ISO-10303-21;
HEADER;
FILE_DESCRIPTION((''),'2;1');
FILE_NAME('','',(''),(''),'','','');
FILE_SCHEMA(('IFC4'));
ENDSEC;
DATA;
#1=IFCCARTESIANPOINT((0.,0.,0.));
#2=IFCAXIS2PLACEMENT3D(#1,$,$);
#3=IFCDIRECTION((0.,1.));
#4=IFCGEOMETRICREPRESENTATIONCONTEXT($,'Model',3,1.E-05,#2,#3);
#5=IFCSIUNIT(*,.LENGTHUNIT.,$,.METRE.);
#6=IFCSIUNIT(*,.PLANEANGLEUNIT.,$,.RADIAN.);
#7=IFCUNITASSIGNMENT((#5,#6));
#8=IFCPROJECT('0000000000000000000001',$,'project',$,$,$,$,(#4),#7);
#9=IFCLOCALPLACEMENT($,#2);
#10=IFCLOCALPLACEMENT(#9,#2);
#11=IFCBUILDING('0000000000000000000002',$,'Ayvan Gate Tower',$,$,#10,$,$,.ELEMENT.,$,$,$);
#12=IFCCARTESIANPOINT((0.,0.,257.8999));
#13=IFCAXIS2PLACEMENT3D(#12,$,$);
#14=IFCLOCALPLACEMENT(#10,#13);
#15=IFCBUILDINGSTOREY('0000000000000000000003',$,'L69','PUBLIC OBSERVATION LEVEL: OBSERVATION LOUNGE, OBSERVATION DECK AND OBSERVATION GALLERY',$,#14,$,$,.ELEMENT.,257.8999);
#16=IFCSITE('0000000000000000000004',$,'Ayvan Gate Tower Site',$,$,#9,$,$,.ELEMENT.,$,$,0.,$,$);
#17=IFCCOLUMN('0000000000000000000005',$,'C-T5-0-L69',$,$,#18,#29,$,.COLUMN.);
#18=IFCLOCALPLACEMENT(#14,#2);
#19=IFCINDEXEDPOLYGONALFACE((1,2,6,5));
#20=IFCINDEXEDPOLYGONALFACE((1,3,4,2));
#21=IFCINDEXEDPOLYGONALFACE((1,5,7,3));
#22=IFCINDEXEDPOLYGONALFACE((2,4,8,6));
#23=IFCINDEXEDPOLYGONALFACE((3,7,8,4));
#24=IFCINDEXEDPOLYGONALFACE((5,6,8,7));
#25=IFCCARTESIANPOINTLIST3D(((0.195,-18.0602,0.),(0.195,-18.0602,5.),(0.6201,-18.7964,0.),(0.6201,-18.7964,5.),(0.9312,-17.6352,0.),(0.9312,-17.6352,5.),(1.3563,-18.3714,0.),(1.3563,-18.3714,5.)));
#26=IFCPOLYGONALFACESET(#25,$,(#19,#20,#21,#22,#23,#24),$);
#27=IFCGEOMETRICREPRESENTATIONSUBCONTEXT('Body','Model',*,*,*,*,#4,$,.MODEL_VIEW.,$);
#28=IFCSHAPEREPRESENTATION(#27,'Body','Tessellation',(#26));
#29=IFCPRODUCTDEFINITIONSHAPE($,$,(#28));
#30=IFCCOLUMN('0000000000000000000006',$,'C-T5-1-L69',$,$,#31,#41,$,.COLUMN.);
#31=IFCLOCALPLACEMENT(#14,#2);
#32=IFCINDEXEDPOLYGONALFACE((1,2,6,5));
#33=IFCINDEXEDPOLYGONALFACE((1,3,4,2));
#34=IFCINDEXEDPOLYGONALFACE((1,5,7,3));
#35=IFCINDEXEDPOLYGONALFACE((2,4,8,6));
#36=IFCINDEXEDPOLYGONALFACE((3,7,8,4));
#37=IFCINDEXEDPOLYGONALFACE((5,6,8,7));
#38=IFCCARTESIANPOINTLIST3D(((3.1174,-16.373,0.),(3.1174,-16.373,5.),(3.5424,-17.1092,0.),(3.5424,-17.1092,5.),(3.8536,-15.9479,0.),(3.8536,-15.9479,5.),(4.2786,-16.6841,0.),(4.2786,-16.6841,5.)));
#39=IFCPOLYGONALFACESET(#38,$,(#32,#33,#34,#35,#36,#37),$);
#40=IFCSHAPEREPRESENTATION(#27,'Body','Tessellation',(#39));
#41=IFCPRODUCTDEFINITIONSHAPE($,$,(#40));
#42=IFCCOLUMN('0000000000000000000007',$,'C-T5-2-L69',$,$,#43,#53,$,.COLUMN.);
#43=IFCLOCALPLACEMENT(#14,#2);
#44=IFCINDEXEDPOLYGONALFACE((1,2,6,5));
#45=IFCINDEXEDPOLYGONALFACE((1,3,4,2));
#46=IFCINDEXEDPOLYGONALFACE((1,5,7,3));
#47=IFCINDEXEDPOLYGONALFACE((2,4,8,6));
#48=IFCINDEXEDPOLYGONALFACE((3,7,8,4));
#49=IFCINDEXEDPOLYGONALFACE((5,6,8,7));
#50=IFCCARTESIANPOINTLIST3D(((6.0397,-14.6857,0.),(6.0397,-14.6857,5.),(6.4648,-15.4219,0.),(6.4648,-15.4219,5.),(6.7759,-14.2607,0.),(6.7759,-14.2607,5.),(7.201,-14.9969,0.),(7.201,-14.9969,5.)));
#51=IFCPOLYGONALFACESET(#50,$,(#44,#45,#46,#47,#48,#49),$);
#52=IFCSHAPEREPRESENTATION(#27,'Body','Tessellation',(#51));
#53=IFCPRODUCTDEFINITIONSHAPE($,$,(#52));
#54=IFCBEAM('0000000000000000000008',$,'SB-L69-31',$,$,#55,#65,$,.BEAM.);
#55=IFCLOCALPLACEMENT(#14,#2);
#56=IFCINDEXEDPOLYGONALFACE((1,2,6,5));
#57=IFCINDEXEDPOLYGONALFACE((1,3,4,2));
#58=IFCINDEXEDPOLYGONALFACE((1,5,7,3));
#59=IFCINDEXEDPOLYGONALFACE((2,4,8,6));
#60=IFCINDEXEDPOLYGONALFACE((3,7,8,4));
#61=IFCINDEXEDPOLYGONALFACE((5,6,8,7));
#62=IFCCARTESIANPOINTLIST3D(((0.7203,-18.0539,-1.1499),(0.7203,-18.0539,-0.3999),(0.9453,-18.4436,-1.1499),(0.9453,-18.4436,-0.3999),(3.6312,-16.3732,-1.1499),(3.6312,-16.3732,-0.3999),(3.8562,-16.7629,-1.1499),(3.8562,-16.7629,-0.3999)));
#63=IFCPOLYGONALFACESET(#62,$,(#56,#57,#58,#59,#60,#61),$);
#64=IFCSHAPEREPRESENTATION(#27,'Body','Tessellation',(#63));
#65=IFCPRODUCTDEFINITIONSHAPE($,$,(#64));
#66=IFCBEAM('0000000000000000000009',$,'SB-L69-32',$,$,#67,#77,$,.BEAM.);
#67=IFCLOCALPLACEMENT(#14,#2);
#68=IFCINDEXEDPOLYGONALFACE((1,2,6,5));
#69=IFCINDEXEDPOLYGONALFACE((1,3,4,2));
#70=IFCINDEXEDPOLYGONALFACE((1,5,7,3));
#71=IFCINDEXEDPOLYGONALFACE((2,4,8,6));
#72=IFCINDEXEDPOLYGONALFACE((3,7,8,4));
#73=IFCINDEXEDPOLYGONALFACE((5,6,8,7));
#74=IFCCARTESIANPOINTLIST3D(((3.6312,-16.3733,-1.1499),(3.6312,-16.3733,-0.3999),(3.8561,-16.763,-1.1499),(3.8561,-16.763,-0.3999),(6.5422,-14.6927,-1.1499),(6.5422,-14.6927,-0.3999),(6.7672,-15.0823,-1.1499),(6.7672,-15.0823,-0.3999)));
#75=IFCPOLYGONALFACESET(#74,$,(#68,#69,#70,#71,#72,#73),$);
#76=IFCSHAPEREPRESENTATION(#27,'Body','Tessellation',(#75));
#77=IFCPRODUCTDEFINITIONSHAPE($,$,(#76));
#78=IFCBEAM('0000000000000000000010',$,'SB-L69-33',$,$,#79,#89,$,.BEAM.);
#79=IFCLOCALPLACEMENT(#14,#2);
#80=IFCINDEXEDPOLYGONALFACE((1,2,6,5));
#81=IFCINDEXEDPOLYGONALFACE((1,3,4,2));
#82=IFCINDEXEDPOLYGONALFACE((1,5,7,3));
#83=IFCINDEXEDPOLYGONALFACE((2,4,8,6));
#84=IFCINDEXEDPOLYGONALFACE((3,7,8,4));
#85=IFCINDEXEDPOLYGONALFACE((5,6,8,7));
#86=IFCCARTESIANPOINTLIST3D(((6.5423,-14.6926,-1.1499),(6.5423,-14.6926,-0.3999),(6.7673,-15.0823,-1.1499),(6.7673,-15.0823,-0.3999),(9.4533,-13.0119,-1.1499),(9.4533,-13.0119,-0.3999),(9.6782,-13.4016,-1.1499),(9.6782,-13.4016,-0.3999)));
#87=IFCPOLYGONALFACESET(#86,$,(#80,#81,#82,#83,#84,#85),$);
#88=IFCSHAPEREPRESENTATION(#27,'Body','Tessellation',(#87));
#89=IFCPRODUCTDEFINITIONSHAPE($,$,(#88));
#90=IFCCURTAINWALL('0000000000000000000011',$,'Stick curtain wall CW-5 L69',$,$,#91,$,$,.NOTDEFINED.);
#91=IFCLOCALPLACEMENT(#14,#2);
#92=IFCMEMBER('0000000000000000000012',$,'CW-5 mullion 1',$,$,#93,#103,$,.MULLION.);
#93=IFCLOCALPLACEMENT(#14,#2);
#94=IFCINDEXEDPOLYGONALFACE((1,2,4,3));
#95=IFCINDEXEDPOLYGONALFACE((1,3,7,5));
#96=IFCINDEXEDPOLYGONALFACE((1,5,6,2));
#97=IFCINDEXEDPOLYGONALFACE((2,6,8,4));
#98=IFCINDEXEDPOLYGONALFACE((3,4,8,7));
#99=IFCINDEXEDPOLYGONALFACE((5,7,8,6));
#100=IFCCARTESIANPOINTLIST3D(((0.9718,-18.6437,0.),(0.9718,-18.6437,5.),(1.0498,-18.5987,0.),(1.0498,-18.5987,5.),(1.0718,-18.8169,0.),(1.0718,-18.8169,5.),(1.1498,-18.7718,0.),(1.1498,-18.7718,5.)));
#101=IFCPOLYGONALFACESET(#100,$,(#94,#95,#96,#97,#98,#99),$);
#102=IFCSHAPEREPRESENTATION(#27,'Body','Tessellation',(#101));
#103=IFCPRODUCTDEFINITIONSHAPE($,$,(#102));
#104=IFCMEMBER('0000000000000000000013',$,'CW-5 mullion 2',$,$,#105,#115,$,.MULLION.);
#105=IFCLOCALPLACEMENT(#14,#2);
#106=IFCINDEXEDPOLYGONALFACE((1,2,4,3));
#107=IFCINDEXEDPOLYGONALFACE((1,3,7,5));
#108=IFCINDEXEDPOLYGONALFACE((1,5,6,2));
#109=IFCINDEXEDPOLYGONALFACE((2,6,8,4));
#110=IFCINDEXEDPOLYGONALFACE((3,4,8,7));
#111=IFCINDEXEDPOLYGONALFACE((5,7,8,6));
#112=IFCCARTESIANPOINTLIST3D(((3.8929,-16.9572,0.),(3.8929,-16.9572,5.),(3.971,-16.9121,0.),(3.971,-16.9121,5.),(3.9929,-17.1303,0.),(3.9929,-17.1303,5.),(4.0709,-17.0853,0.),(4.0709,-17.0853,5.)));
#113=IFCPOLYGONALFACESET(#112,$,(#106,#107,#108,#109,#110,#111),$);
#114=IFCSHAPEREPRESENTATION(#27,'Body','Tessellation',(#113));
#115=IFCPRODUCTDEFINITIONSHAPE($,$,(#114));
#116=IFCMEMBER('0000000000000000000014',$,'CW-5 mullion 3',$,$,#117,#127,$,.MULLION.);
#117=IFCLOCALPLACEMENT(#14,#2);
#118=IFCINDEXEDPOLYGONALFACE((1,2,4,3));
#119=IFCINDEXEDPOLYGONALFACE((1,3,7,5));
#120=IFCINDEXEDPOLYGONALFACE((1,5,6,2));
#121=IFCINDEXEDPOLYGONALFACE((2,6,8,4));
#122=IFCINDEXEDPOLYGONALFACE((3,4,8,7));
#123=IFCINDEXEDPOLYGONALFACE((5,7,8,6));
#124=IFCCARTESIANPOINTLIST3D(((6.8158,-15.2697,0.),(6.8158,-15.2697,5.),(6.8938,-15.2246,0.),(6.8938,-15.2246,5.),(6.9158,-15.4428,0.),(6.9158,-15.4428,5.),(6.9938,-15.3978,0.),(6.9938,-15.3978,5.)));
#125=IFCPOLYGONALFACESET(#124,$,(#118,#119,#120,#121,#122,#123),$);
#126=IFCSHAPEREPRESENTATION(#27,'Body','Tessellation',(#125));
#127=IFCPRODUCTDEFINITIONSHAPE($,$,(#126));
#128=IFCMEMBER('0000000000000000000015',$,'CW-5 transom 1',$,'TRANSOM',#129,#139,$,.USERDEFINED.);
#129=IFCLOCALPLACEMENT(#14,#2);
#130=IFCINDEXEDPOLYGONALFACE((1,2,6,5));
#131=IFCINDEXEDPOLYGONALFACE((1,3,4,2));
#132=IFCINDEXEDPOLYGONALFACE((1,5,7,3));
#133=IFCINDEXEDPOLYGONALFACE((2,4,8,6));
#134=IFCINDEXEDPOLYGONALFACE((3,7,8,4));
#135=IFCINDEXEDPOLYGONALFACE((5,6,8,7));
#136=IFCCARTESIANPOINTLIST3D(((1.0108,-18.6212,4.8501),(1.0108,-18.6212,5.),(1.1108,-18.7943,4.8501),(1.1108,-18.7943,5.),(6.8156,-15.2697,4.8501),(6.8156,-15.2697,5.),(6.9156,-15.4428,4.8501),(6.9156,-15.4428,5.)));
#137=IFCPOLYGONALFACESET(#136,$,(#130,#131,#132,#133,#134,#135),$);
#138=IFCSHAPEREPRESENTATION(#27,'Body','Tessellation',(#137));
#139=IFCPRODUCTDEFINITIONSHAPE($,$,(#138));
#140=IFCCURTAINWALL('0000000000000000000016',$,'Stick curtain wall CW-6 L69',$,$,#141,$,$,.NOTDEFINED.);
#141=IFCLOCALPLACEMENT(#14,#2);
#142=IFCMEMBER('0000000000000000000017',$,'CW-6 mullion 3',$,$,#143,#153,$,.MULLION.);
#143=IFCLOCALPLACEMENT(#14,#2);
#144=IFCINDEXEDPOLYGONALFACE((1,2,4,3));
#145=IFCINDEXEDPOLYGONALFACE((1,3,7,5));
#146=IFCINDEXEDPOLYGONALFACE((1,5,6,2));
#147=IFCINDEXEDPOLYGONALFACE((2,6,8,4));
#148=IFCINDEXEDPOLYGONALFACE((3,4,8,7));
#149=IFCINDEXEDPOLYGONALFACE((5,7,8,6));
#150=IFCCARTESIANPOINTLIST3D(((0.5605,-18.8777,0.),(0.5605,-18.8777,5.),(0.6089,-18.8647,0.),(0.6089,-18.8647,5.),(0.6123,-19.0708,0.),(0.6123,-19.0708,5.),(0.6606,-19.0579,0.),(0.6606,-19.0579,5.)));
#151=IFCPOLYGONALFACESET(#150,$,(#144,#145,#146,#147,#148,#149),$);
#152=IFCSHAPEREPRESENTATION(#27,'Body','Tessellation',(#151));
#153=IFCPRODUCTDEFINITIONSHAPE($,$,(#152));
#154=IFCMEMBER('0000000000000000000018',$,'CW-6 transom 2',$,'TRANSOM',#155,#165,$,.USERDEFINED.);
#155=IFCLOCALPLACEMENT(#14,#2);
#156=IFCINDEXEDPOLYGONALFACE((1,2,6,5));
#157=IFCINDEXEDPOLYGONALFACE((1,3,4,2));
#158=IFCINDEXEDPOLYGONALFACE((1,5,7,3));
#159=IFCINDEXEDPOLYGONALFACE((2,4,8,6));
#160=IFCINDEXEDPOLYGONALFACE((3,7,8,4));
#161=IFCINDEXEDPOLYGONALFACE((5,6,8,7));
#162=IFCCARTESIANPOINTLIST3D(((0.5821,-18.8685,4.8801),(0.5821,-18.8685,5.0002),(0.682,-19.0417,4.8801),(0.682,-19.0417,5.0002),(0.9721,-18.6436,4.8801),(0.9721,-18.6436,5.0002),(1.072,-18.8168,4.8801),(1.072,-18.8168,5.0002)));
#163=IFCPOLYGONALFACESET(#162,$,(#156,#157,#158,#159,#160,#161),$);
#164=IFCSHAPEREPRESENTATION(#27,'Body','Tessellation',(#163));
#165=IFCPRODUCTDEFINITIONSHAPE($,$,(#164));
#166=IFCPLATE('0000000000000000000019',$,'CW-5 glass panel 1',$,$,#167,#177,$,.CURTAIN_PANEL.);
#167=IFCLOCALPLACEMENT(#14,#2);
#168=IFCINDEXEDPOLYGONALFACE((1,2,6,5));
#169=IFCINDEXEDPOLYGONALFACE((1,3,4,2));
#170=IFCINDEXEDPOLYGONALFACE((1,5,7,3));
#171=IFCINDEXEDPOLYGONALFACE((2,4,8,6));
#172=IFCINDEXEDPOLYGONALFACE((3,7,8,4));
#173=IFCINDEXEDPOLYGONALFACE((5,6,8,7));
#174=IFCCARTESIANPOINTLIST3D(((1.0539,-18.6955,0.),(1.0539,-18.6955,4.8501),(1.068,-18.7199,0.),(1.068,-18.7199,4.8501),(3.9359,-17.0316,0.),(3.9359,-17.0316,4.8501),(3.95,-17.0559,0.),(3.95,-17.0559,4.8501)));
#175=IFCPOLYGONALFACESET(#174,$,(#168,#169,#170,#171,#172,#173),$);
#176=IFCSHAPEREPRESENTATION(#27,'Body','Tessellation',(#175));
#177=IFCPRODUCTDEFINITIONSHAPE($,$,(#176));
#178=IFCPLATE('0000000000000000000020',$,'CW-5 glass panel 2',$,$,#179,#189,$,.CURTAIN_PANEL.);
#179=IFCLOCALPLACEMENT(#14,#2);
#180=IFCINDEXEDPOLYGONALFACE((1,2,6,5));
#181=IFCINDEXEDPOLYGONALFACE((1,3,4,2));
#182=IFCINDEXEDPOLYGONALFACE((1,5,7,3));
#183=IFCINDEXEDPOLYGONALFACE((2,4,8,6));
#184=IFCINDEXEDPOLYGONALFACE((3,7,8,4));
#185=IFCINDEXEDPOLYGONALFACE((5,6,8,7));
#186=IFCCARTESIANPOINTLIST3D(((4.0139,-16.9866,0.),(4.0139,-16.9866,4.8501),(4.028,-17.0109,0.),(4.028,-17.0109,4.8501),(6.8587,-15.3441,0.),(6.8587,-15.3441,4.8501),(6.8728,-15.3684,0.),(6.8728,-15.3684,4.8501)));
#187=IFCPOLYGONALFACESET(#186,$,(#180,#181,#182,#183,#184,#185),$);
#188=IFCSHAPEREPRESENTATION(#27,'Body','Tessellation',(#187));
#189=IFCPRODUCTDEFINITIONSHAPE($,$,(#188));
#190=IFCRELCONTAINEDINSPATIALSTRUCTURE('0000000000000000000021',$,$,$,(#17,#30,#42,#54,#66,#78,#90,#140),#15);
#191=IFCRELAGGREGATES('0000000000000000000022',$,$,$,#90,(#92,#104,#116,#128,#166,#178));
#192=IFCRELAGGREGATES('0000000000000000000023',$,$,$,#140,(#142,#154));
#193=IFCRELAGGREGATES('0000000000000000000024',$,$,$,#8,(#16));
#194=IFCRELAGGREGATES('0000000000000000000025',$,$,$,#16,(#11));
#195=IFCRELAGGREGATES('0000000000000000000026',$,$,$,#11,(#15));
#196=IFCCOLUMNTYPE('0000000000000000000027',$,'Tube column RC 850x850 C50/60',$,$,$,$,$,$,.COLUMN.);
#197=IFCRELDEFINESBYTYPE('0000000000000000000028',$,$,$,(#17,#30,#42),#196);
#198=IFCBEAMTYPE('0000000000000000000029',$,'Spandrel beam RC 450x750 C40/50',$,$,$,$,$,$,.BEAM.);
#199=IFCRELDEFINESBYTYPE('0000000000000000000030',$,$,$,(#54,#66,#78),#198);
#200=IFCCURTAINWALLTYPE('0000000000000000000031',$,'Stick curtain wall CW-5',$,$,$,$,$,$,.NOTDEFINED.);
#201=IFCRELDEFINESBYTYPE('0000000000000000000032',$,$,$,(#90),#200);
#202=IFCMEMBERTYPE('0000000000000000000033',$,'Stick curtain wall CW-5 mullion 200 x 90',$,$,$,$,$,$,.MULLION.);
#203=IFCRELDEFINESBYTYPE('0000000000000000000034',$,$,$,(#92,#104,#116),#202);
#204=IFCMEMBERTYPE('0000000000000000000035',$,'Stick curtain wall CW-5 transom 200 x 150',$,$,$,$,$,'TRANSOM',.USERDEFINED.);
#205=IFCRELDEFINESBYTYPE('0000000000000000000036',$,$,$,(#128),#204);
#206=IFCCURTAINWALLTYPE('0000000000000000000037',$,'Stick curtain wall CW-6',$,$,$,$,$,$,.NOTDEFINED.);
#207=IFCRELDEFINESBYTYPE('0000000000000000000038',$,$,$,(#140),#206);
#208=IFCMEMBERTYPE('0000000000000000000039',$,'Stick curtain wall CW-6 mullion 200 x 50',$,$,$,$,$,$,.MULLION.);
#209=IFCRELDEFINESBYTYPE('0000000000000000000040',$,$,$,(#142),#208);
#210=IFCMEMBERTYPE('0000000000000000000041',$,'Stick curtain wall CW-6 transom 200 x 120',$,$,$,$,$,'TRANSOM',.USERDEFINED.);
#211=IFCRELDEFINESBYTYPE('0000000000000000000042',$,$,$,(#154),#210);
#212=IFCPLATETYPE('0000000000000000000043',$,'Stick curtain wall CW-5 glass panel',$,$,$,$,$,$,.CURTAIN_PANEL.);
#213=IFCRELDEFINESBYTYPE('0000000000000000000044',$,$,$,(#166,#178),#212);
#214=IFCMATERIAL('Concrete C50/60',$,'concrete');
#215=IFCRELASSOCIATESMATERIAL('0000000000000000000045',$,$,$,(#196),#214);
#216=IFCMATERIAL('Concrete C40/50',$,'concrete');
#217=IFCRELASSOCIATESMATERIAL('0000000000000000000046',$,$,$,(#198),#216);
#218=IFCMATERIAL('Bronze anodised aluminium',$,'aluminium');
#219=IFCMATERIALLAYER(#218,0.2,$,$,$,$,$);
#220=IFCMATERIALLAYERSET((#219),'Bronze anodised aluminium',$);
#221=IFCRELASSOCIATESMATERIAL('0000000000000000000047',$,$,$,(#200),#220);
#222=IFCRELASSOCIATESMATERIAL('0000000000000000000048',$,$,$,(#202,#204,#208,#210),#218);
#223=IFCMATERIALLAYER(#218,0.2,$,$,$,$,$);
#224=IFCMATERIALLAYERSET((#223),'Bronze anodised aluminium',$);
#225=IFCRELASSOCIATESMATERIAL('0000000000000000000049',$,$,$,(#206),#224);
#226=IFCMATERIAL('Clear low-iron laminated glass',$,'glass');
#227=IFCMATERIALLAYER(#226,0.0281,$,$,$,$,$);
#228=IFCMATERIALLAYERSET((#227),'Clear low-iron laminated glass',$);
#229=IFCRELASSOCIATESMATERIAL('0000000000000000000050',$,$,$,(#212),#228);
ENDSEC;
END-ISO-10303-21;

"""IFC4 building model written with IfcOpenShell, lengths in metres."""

from ifc_helpers import new_model, si_unit, direction, frame, origin, origin_2d, place, context, subcontext, project, spatial, rectangle, extrude, material, layer, layer_set, material_profile, profile_set, type_object, element, aggregate, save


model = new_model("IFC4")

# Units and contexts
model_context = context("Model", 3, precision=1e-05, world=origin(), true_north=direction((0.0, 1.0)))
body_context = subcontext(model_context, "Body", "Model", "MODEL_VIEW")
ifc_project = project(units=[si_unit("LENGTHUNIT", "METRE"), si_unit("PLANEANGLEUNIT", "RADIAN")], contexts=[model_context])

# Site, building, storey
site_placement = place(None, origin())
site = spatial("IfcSite", under=ifc_project, at=site_placement, Name="Ayvan Gate Tower Site", CompositionType="ELEMENT", RefElevation=0.0)
building_placement = place(site_placement, origin())
building = spatial("IfcBuilding", under=site, at=building_placement, Name="Ayvan Gate Tower", CompositionType="ELEMENT")
storey_placement = place(building_placement, frame((0.0, 0.0, 257.8999)))
storey = spatial("IfcBuildingStorey", under=building, at=storey_placement, Name="L69", Description="PUBLIC OBSERVATION LEVEL: OBSERVATION LOUNGE, OBSERVATION DECK AND OBSERVATION GALLERY", CompositionType="ELEMENT", Elevation=257.8999)

# Columns
ifc_material_1 = material(Name="Concrete C50/60", Category="concrete")
ifc_material_profile_1 = material_profile(ifc_material_1, rectangle(XDim=0.8501, YDim=0.8501, at=origin_2d()), Name="RC 850x850")
ifc_profile_set_1 = profile_set([ifc_material_profile_1], Name="Concrete C50/60")
column_type = type_object("IfcColumnType", Name="Tube column RC 850x850 C50/60", PredefinedType="COLUMN", material=ifc_profile_set_1)
for number, where, z_axis, x_axis, name in (
    (1, (0.7756, -18.2158, 0.0), (0.0, 0.0, 1.0), (0.5, -0.866025, 0.0), "C-T5-0-L69"),
    (2, (3.698, -16.5286, 0.0), (0.0, 0.0, 1.0), (0.5, -0.866025, 0.0), "C-T5-1-L69"),
    (3, (6.6204, -14.8413, 0.0), (0.0, 0.0, 1.0), (0.5, -0.866025, 0.0), "C-T5-2-L69"),
):
    element("IfcColumn", number, at=place(storey_placement, frame(where, z_axis=z_axis, x_axis=x_axis)), inside=storey, type_object=column_type, Name=name, PredefinedType="COLUMN", context=body_context, shape_type="SweptSolid", body=[
        extrude(rectangle(XDim=0.8501, YDim=0.8501, at=origin_2d()), origin(), (0.0, 0.0, 1.0), 5.0),
    ])

# Beams
ifc_material_2 = material(Name="Concrete C40/50", Category="concrete")
ifc_material_profile_2 = material_profile(ifc_material_2, rectangle(XDim=0.45, YDim=0.75, at=origin_2d()), Name="RC 450x750")
ifc_profile_set_2 = profile_set([ifc_material_profile_2], Name="Concrete C40/50")
beam_type = type_object("IfcBeamType", Name="Spandrel beam RC 450x750 C40/50", PredefinedType="BEAM", material=ifc_profile_set_2)
for number, where, z_axis, x_axis, name in (
    (4, (0.8328, -18.2488, -0.7749), (0.866017, 0.500014, 0.0), (-0.500014, 0.866017, 0.0), "SB-L69-31"),
    (5, (3.7437, -16.5681, -0.7749), (0.866036, 0.499982, 0.0), (-0.499982, 0.866036, 0.0), "SB-L69-32"),
    (6, (6.6548, -14.8875, -0.7749), (0.866017, 0.500014, 0.0), (-0.500014, 0.866017, 0.0), "SB-L69-33"),
):
    element("IfcBeam", number, at=place(storey_placement, frame(where, z_axis=z_axis, x_axis=x_axis)), inside=storey, type_object=beam_type, Name=name, PredefinedType="BEAM", context=body_context, shape_type="SweptSolid", body=[
        extrude(rectangle(XDim=0.45, YDim=0.75, at=origin_2d()), origin(), (0.0, 0.0, 1.0), 3.3613),
    ])

# Curtain walls, members
ifc_material_3 = material(Name="Bronze anodised aluminium", Category="aluminium")
ifc_layer_1 = layer(ifc_material_3, 0.2)
ifc_layer_set_1 = layer_set([ifc_layer_1], Name="Bronze anodised aluminium")
curtain_wall_type_1 = type_object("IfcCurtainWallType", Name="Stick curtain wall CW-5", PredefinedType="NOTDEFINED", material=ifc_layer_set_1)
curtain_wall_1_placement = place(storey_placement, origin())
curtain_wall_1 = element("IfcCurtainWall", 7, at=curtain_wall_1_placement, inside=storey, type_object=curtain_wall_type_1, Name="Stick curtain wall CW-5 L69", PredefinedType="NOTDEFINED")
ifc_material_profile_3 = material_profile(ifc_material_3, rectangle(XDim=0.2, YDim=0.0901, at=origin_2d()), Name="Stick curtain wall CW-5 mullion 200 x 90")
ifc_profile_set_3 = profile_set([ifc_material_profile_3], Name="Bronze anodised aluminium")
member_type_1 = type_object("IfcMemberType", Name="Stick curtain wall CW-5 mullion 200 x 90", PredefinedType="MULLION", material=ifc_profile_set_3)
member_1_placement = place(storey_placement, frame((1.0608, -18.7078, 0.0), z_axis=(0.0, 0.0, 1.0), x_axis=(0.5, -0.866025, 0.0)))
member_1 = element("IfcMember", 8, at=member_1_placement, type_object=member_type_1, Name="CW-5 mullion 1", PredefinedType="MULLION", context=body_context, shape_type="SweptSolid", body=[
    extrude(rectangle(XDim=0.2, YDim=0.0901, at=origin_2d()), origin(), (0.0, 0.0, 1.0), 5.0),
])
member_2_placement = place(storey_placement, frame((3.9819, -17.0212, 0.0), z_axis=(0.0, 0.0, 1.0), x_axis=(0.5, -0.866025, 0.0)))
member_2 = element("IfcMember", 9, at=member_2_placement, type_object=member_type_1, Name="CW-5 mullion 2", PredefinedType="MULLION", context=body_context, shape_type="SweptSolid", body=[
    extrude(rectangle(XDim=0.2, YDim=0.0901, at=origin_2d()), origin(), (0.0, 0.0, 1.0), 5.0),
])
member_3_placement = place(storey_placement, frame((6.9048, -15.3337, 0.0), z_axis=(0.0, 0.0, 1.0), x_axis=(0.5, -0.866025, 0.0)))
member_3 = element("IfcMember", 10, at=member_3_placement, type_object=member_type_1, Name="CW-5 mullion 3", PredefinedType="MULLION", context=body_context, shape_type="SweptSolid", body=[
    extrude(rectangle(XDim=0.2, YDim=0.0901, at=origin_2d()), origin(), (0.0, 0.0, 1.0), 5.0),
])
ifc_material_profile_4 = material_profile(ifc_material_3, rectangle(XDim=0.2, YDim=0.1499, at=origin_2d()), Name="Stick curtain wall CW-5 transom 200 x 150")
ifc_profile_set_4 = profile_set([ifc_material_profile_4], Name="Bronze anodised aluminium")
member_type_2 = type_object("IfcMemberType", Name="Stick curtain wall CW-5 transom 200 x 150", ElementType="TRANSOM", PredefinedType="USERDEFINED", material=ifc_profile_set_4)
member_4_placement = place(storey_placement, frame((1.0608, -18.7078, 4.925), z_axis=(0.86602, 0.500009, 0.0), x_axis=(-0.500009, 0.86602, 0.0)))
member_4 = element("IfcMember", 11, at=member_4_placement, type_object=member_type_2, Name="CW-5 transom 1", ObjectType="TRANSOM", PredefinedType="USERDEFINED", context=body_context, shape_type="SweptSolid", body=[
    extrude(rectangle(XDim=0.2, YDim=0.1499, at=origin_2d()), origin(), (0.0, 0.0, 1.0), 6.7029),
])
ifc_layer_2 = layer(ifc_material_3, 0.2)
ifc_layer_set_2 = layer_set([ifc_layer_2], Name="Bronze anodised aluminium")
curtain_wall_type_2 = type_object("IfcCurtainWallType", Name="Stick curtain wall CW-6", PredefinedType="NOTDEFINED", material=ifc_layer_set_2)
curtain_wall_2_placement = place(storey_placement, origin())
curtain_wall_2 = element("IfcCurtainWall", 12, at=curtain_wall_2_placement, inside=storey, type_object=curtain_wall_type_2, Name="Stick curtain wall CW-6 L69", PredefinedType="NOTDEFINED")
ifc_material_profile_5 = material_profile(ifc_material_3, rectangle(XDim=0.2, YDim=0.05, at=origin_2d()), Name="Stick curtain wall CW-6 mullion 200 x 50")
ifc_profile_set_5 = profile_set([ifc_material_profile_5], Name="Bronze anodised aluminium")
member_type_3 = type_object("IfcMemberType", Name="Stick curtain wall CW-6 mullion 200 x 50", PredefinedType="MULLION", material=ifc_profile_set_5)
member_5_placement = place(storey_placement, frame((0.6106, -18.9678, 0.0), z_axis=(0.0, 0.0, 1.0), x_axis=(0.258819, -0.965926, 0.0)))
member_5 = element("IfcMember", 13, at=member_5_placement, type_object=member_type_3, Name="CW-6 mullion 3", PredefinedType="MULLION", context=body_context, shape_type="SweptSolid", body=[
    extrude(rectangle(XDim=0.2, YDim=0.05, at=origin_2d()), origin(), (0.0, 0.0, 1.0), 5.0),
])
ifc_material_profile_6 = material_profile(ifc_material_3, rectangle(XDim=0.2, YDim=0.1201, at=origin_2d()), Name="Stick curtain wall CW-6 transom 200 x 120")
ifc_profile_set_6 = profile_set([ifc_material_profile_6], Name="Bronze anodised aluminium")
member_type_4 = type_object("IfcMemberType", Name="Stick curtain wall CW-6 transom 200 x 120", ElementType="TRANSOM", PredefinedType="USERDEFINED", material=ifc_profile_set_6)
member_6_placement = place(storey_placement, frame((0.6321, -18.9551, 4.9402), z_axis=(0.866267, 0.499582, 0.0), x_axis=(-0.499582, 0.866267, 0.0)))
member_6 = element("IfcMember", 14, at=member_6_placement, type_object=member_type_4, Name="CW-6 transom 2", ObjectType="TRANSOM", PredefinedType="USERDEFINED", context=body_context, shape_type="SweptSolid", body=[
    extrude(rectangle(XDim=0.2, YDim=0.1201, at=origin_2d()), origin(), (0.0, 0.0, 1.0), 0.4502),
])

# Plates
ifc_material_4 = material(Name="Clear low-iron laminated glass", Category="glass")
ifc_layer_3 = layer(ifc_material_4, 0.0281)
ifc_layer_set_3 = layer_set([ifc_layer_3], Name="Clear low-iron laminated glass")
plate_type_1 = type_object("IfcPlateType", Name="Stick curtain wall CW-5 glass panel", PredefinedType="CURTAIN_PANEL", material=ifc_layer_set_3)
plate_1_placement = place(storey_placement, frame((2.502, -17.8757, 0.0), z_axis=(0.0, 0.0, 1.0), x_axis=(0.866025, 0.5, 0.0)))
plate_1 = element("IfcPlate", 15, at=plate_1_placement, type_object=plate_type_1, Name="CW-5 glass panel 1", PredefinedType="CURTAIN_PANEL", context=body_context, shape_type="SweptSolid", body=[
    extrude(rectangle(XDim=3.3279, YDim=0.0281, at=origin_2d()), origin(), (0.0, 0.0, 1.0), 4.8501),
])
plate_2_placement = place(storey_placement, frame((5.4434, -16.1775, 0.0), z_axis=(0.0, 0.0, 1.0), x_axis=(0.866025, 0.5, 0.0)))
plate_2 = element("IfcPlate", 16, at=plate_2_placement, type_object=plate_type_1, Name="CW-5 glass panel 2", PredefinedType="CURTAIN_PANEL", context=body_context, shape_type="SweptSolid", body=[
    extrude(rectangle(XDim=3.2849, YDim=0.0281, at=origin_2d()), origin(), (0.0, 0.0, 1.0), 4.8501),
])
aggregate(curtain_wall_1, [member_1, member_2, member_3, member_4, plate_1, plate_2])
aggregate(curtain_wall_2, [member_5, member_6])

save(model, "model.ifc")
